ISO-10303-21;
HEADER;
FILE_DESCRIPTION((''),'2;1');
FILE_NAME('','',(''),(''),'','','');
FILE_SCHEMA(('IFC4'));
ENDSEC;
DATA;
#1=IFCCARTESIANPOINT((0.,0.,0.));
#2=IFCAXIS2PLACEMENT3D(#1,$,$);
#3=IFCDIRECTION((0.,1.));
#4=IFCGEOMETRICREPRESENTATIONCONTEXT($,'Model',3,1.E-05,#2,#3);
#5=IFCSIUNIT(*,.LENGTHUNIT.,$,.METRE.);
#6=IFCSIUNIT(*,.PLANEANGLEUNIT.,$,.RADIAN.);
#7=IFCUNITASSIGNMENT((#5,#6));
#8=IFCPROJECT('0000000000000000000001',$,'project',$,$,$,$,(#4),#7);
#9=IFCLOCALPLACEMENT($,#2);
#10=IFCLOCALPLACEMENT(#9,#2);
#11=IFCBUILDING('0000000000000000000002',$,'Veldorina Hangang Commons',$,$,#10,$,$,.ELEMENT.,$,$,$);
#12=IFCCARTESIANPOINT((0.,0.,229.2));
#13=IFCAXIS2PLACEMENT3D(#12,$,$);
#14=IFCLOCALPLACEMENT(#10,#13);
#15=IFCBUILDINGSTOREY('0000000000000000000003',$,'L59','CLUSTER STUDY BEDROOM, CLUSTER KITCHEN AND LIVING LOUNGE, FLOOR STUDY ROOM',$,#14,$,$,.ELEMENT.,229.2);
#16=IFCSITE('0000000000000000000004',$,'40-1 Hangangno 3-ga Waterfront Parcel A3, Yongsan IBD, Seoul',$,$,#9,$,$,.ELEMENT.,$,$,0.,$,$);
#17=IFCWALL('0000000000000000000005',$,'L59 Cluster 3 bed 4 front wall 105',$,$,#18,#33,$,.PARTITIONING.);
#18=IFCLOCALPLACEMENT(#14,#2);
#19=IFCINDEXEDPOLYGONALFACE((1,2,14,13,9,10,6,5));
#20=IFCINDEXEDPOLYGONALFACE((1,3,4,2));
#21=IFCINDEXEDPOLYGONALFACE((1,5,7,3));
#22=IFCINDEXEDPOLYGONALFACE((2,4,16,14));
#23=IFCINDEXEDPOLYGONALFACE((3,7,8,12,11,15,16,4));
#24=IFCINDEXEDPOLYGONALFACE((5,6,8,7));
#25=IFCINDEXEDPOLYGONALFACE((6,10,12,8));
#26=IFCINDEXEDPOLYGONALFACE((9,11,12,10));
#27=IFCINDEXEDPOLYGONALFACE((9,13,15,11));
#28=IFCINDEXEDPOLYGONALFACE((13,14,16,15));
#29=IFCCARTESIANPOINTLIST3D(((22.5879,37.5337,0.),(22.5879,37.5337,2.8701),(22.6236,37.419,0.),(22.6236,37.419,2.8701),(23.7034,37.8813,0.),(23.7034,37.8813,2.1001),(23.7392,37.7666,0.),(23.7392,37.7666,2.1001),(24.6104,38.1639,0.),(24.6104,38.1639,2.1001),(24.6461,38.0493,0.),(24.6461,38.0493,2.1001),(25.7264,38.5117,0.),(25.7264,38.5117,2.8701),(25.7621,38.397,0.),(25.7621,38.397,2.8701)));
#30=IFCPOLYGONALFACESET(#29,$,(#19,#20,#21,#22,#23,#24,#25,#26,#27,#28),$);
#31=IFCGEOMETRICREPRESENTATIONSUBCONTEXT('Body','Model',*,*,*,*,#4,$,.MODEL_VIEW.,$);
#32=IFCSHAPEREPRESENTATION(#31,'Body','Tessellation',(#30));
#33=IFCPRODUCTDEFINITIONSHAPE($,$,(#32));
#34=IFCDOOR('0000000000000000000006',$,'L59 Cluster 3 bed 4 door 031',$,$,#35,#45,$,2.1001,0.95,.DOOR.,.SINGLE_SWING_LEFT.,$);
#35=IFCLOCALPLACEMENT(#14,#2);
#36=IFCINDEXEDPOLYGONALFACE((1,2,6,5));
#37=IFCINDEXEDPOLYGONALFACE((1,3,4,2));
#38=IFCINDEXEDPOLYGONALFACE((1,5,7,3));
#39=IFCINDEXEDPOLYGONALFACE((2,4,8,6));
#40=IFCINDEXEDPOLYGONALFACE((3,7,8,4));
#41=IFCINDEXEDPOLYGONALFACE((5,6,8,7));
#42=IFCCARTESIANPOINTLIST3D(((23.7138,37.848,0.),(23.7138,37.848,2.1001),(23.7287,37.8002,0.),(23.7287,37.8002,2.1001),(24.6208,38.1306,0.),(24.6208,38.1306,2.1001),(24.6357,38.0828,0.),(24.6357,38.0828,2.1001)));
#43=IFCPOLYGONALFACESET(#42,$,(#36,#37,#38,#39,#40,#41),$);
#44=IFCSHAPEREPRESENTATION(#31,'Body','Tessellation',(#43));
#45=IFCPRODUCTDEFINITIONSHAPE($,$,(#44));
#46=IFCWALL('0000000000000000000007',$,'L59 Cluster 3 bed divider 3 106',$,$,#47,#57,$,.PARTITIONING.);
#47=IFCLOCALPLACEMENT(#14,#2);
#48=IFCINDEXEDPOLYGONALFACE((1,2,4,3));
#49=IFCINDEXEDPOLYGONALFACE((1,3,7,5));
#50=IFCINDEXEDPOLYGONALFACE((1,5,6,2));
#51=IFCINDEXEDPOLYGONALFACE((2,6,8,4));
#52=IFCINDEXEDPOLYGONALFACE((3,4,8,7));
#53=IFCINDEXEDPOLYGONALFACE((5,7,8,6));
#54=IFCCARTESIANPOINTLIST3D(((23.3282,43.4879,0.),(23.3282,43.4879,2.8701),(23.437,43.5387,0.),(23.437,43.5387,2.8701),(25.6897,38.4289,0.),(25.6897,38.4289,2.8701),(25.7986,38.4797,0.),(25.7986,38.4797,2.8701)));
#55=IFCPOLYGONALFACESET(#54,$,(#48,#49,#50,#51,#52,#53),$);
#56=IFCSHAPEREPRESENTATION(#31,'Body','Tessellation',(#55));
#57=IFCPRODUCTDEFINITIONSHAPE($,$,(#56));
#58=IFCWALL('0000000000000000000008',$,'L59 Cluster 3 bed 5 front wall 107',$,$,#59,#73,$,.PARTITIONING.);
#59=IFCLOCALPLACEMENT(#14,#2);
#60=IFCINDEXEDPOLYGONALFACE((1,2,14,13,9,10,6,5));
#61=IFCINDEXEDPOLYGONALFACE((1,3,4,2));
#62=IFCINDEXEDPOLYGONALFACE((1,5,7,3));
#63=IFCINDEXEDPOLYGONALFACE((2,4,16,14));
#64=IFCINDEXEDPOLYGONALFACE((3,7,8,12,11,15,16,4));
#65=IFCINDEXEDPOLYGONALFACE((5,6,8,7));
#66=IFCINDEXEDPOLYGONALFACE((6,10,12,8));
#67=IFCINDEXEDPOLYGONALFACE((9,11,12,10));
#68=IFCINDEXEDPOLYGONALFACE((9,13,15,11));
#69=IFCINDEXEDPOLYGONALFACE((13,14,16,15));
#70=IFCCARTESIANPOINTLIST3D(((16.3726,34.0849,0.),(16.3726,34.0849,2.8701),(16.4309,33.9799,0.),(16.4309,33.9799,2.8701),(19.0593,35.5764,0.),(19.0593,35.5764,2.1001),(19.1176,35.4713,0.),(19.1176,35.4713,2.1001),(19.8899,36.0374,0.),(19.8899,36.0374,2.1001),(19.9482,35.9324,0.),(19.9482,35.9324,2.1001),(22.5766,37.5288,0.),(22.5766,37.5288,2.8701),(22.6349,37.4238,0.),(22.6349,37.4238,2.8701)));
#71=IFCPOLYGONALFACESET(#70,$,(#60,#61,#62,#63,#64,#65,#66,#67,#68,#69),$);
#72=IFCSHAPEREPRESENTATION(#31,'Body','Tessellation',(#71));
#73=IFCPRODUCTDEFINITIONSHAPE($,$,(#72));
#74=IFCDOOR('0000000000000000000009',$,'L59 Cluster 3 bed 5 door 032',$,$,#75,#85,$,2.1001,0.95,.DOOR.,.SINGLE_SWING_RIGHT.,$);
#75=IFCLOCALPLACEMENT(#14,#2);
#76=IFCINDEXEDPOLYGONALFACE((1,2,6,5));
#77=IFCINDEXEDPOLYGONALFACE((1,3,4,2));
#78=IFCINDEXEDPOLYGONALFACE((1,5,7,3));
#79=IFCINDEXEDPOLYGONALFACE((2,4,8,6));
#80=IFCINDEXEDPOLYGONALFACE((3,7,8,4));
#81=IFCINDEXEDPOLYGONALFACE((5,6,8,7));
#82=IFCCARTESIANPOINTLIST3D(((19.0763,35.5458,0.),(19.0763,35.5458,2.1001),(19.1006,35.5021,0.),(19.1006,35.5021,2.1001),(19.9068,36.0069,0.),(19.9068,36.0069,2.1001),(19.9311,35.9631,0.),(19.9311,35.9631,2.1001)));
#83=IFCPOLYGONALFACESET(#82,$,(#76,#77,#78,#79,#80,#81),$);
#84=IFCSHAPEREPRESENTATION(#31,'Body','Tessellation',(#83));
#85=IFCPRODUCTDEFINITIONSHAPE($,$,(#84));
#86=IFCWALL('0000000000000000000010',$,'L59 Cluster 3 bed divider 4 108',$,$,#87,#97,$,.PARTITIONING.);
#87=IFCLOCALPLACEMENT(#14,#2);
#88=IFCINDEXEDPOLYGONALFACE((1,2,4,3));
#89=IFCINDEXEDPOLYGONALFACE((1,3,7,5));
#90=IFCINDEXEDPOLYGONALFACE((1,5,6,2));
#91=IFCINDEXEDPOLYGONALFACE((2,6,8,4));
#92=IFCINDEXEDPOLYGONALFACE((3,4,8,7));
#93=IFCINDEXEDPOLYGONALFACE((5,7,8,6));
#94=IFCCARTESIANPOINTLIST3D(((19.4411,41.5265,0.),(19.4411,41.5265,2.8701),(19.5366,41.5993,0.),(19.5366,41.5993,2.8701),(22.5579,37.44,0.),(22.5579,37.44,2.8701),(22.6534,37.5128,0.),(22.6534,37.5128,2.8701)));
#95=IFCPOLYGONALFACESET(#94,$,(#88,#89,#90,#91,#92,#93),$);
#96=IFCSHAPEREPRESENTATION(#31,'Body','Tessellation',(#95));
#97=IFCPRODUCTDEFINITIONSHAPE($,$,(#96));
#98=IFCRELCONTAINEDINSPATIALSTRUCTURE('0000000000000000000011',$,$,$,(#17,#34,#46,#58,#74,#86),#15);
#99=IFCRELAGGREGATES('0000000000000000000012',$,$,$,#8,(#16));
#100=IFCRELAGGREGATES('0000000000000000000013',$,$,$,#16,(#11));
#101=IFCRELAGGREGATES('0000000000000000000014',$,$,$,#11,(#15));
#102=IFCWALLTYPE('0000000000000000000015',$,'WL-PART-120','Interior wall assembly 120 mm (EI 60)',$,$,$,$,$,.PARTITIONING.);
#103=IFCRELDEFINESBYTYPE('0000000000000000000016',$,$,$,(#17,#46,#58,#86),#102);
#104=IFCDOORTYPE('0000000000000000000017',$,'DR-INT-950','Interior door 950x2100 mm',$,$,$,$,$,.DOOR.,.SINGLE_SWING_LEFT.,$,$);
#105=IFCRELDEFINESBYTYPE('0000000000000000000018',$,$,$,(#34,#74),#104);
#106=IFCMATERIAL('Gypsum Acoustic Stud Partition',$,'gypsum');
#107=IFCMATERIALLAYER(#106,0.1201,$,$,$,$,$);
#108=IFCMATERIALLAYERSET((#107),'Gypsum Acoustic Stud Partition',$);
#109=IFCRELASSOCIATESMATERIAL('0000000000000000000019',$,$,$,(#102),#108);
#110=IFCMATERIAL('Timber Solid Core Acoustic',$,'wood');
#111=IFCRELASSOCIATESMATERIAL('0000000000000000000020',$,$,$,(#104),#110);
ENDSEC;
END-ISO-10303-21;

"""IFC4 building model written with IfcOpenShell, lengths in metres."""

from ifc_helpers import new_model, si_unit, direction, frame, frame_2d, origin, place, context, subcontext, project, spatial, rectangle, extrude, material, layer, layer_set, type_object, element, fill, save


model = new_model("IFC4")

# Units and contexts
model_context = context("Model", 3, precision=1e-05, world=origin(), true_north=direction((0.0, 1.0)))
body_context = subcontext(model_context, "Body", "Model", "MODEL_VIEW")
ifc_project = project(units=[si_unit("LENGTHUNIT", "METRE"), si_unit("PLANEANGLEUNIT", "RADIAN")], contexts=[model_context])

# Site, building, storey
site_placement = place(None, origin())
site = spatial("IfcSite", under=ifc_project, at=site_placement, Name="40-1 Hangangno 3-ga Waterfront Parcel A3, Yongsan IBD, Seoul", CompositionType="ELEMENT", RefElevation=0.0)
building_placement = place(site_placement, origin())
building = spatial("IfcBuilding", under=site, at=building_placement, Name="Veldorina Hangang Commons", CompositionType="ELEMENT")
storey_placement = place(building_placement, frame((0.0, 0.0, 229.2)))
storey = spatial("IfcBuildingStorey", under=building, at=storey_placement, Name="L59", Description="CLUSTER STUDY BEDROOM, CLUSTER KITCHEN AND LIVING LOUNGE, FLOOR STUDY ROOM", CompositionType="ELEMENT", Elevation=229.2)

# Shared definitions
ifc_material_1 = material(Name="Gypsum Acoustic Stud Partition", Category="gypsum")
ifc_layer_1 = layer(ifc_material_1, 0.1201)
ifc_layer_set_1 = layer_set([ifc_layer_1], Name="Gypsum Acoustic Stud Partition")
wall_type_1 = type_object("IfcWallType", Name="WL-PART-120", Description="Interior wall assembly 120 mm (EI 60)", PredefinedType="PARTITIONING", material=ifc_layer_set_1)
ifc_material_2 = material(Name="Timber Solid Core Acoustic", Category="wood")
door_type = type_object("IfcDoorType", Name="DR-INT-950", Description="Interior door 950x2100 mm", OperationType="SINGLE_SWING_LEFT", PredefinedType="DOOR", material=ifc_material_2)

# Wall, opening, door
wall_1_placement = place(storey_placement, frame((25.7441, 38.4543, 0.0), z_axis=(0.0, 0.0, 1.0), x_axis=(-0.954716, -0.297518, 0.0)))
wall_1 = element("IfcWall", 1, at=wall_1_placement, inside=storey, type_object=wall_type_1, Name="L59 Cluster 3 bed 4 front wall 105", PredefinedType="PARTITIONING", context=body_context, shape_type="SweptSolid", body=[
    extrude(rectangle(XDim=3.2874, YDim=0.1201, at=frame_2d((1.6436, 0.0))), origin(), (0.0, 0.0, 1.0), 2.8701),
])
opening_1_placement = place(wall_1_placement, frame((1.1687, 0.0, 0.0)))
opening_1 = element("IfcOpeningElement", 2, at=opening_1_placement, cuts=wall_1, PredefinedType="OPENING", context=body_context, shape_type="SweptSolid", body=[
    extrude(rectangle(XDim=0.95, YDim=2.1001, at=frame_2d((0.4751, 1.05))), frame((0.0, 0.0701, 0.0), z_axis=(0.0, -1.0, 0.0), x_axis=(1.0, 0.0, 0.0)), (0.0, 0.0, 1.0), 0.1401),
])
door_1_placement = place(opening_1_placement, origin())
door_1 = element("IfcDoor", 3, at=door_1_placement, inside=storey, type_object=door_type, Name="L59 Cluster 3 bed 4 door 031", OperationType="SINGLE_SWING_LEFT", OverallHeight=2.1001, OverallWidth=0.95, PredefinedType="DOOR", context=body_context, shape_type="SweptSolid", body=[
    extrude(rectangle(XDim=0.95, YDim=2.1001, at=frame_2d((0.4751, 1.05))), frame((0.0, 0.0249, 0.0), z_axis=(0.0, -1.0, 0.0), x_axis=(1.0, 0.0, 0.0)), (0.0, 0.0, 1.0), 0.05),
])
fill(opening_1, door_1)

# Wall
wall_2_placement = place(storey_placement, frame((25.7441, 38.4543, 0.0), z_axis=(0.0, 0.0, 1.0), x_axis=(-0.422984, 0.906137, 0.0)))
element("IfcWall", 4, at=wall_2_placement, inside=storey, type_object=wall_type_1, Name="L59 Cluster 3 bed divider 3 106", PredefinedType="PARTITIONING", context=body_context, shape_type="SweptSolid", body=[
    extrude(rectangle(XDim=5.583, YDim=0.1201, at=frame_2d((2.7915, 0.0))), origin(), (0.0, 0.0, 1.0), 2.8701),
])

# Wall, opening, door
wall_3_placement = place(storey_placement, frame((22.6057, 37.4763, 0.0), z_axis=(0.0, 0.0, 1.0), x_axis=(-0.874321, -0.485348, 0.0)))
wall_3 = element("IfcWall", 5, at=wall_3_placement, inside=storey, type_object=wall_type_1, Name="L59 Cluster 3 bed 5 front wall 107", PredefinedType="PARTITIONING", context=body_context, shape_type="SweptSolid", body=[
    extrude(rectangle(XDim=7.0957, YDim=0.1201, at=frame_2d((3.5479, 0.0))), origin(), (0.0, 0.0, 1.0), 2.8701),
])
opening_2_placement = place(wall_3_placement, frame((3.0728, 0.0, 0.0)))
opening_2 = element("IfcOpeningElement", 6, at=opening_2_placement, cuts=wall_3, PredefinedType="OPENING", context=body_context, shape_type="SweptSolid", body=[
    extrude(rectangle(XDim=0.95, YDim=2.1001, at=frame_2d((0.4751, 1.05))), frame((0.0, 0.0701, 0.0), z_axis=(0.0, -1.0, 0.0), x_axis=(1.0, 0.0, 0.0)), (0.0, 0.0, 1.0), 0.1401),
])
door_2_placement = place(opening_2_placement, origin())
door_2 = element("IfcDoor", 7, at=door_2_placement, inside=storey, type_object=door_type, Name="L59 Cluster 3 bed 5 door 032", OperationType="SINGLE_SWING_RIGHT", OverallHeight=2.1001, OverallWidth=0.95, PredefinedType="DOOR", context=body_context, shape_type="SweptSolid", body=[
    extrude(rectangle(XDim=0.95, YDim=2.1001, at=frame_2d((0.4751, 1.05))), frame((0.0, 0.0249, 0.0), z_axis=(0.0, -1.0, 0.0), x_axis=(1.0, 0.0, 0.0)), (0.0, 0.0, 1.0), 0.05),
])
fill(opening_2, door_2)

# Wall
wall_4_placement = place(storey_placement, frame((22.6057, 37.4763, 0.0), z_axis=(0.0, 0.0, 1.0), x_axis=(-0.606441, 0.795128, 0.0)))
element("IfcWall", 8, at=wall_4_placement, inside=storey, type_object=wall_type_1, Name="L59 Cluster 3 bed divider 4 108", PredefinedType="PARTITIONING", context=body_context, shape_type="SweptSolid", body=[
    extrude(rectangle(XDim=5.1394, YDim=0.1201, at=frame_2d((2.5698, 0.0))), origin(), (0.0, 0.0, 1.0), 2.8701),
])

save(model, "model.ifc")
